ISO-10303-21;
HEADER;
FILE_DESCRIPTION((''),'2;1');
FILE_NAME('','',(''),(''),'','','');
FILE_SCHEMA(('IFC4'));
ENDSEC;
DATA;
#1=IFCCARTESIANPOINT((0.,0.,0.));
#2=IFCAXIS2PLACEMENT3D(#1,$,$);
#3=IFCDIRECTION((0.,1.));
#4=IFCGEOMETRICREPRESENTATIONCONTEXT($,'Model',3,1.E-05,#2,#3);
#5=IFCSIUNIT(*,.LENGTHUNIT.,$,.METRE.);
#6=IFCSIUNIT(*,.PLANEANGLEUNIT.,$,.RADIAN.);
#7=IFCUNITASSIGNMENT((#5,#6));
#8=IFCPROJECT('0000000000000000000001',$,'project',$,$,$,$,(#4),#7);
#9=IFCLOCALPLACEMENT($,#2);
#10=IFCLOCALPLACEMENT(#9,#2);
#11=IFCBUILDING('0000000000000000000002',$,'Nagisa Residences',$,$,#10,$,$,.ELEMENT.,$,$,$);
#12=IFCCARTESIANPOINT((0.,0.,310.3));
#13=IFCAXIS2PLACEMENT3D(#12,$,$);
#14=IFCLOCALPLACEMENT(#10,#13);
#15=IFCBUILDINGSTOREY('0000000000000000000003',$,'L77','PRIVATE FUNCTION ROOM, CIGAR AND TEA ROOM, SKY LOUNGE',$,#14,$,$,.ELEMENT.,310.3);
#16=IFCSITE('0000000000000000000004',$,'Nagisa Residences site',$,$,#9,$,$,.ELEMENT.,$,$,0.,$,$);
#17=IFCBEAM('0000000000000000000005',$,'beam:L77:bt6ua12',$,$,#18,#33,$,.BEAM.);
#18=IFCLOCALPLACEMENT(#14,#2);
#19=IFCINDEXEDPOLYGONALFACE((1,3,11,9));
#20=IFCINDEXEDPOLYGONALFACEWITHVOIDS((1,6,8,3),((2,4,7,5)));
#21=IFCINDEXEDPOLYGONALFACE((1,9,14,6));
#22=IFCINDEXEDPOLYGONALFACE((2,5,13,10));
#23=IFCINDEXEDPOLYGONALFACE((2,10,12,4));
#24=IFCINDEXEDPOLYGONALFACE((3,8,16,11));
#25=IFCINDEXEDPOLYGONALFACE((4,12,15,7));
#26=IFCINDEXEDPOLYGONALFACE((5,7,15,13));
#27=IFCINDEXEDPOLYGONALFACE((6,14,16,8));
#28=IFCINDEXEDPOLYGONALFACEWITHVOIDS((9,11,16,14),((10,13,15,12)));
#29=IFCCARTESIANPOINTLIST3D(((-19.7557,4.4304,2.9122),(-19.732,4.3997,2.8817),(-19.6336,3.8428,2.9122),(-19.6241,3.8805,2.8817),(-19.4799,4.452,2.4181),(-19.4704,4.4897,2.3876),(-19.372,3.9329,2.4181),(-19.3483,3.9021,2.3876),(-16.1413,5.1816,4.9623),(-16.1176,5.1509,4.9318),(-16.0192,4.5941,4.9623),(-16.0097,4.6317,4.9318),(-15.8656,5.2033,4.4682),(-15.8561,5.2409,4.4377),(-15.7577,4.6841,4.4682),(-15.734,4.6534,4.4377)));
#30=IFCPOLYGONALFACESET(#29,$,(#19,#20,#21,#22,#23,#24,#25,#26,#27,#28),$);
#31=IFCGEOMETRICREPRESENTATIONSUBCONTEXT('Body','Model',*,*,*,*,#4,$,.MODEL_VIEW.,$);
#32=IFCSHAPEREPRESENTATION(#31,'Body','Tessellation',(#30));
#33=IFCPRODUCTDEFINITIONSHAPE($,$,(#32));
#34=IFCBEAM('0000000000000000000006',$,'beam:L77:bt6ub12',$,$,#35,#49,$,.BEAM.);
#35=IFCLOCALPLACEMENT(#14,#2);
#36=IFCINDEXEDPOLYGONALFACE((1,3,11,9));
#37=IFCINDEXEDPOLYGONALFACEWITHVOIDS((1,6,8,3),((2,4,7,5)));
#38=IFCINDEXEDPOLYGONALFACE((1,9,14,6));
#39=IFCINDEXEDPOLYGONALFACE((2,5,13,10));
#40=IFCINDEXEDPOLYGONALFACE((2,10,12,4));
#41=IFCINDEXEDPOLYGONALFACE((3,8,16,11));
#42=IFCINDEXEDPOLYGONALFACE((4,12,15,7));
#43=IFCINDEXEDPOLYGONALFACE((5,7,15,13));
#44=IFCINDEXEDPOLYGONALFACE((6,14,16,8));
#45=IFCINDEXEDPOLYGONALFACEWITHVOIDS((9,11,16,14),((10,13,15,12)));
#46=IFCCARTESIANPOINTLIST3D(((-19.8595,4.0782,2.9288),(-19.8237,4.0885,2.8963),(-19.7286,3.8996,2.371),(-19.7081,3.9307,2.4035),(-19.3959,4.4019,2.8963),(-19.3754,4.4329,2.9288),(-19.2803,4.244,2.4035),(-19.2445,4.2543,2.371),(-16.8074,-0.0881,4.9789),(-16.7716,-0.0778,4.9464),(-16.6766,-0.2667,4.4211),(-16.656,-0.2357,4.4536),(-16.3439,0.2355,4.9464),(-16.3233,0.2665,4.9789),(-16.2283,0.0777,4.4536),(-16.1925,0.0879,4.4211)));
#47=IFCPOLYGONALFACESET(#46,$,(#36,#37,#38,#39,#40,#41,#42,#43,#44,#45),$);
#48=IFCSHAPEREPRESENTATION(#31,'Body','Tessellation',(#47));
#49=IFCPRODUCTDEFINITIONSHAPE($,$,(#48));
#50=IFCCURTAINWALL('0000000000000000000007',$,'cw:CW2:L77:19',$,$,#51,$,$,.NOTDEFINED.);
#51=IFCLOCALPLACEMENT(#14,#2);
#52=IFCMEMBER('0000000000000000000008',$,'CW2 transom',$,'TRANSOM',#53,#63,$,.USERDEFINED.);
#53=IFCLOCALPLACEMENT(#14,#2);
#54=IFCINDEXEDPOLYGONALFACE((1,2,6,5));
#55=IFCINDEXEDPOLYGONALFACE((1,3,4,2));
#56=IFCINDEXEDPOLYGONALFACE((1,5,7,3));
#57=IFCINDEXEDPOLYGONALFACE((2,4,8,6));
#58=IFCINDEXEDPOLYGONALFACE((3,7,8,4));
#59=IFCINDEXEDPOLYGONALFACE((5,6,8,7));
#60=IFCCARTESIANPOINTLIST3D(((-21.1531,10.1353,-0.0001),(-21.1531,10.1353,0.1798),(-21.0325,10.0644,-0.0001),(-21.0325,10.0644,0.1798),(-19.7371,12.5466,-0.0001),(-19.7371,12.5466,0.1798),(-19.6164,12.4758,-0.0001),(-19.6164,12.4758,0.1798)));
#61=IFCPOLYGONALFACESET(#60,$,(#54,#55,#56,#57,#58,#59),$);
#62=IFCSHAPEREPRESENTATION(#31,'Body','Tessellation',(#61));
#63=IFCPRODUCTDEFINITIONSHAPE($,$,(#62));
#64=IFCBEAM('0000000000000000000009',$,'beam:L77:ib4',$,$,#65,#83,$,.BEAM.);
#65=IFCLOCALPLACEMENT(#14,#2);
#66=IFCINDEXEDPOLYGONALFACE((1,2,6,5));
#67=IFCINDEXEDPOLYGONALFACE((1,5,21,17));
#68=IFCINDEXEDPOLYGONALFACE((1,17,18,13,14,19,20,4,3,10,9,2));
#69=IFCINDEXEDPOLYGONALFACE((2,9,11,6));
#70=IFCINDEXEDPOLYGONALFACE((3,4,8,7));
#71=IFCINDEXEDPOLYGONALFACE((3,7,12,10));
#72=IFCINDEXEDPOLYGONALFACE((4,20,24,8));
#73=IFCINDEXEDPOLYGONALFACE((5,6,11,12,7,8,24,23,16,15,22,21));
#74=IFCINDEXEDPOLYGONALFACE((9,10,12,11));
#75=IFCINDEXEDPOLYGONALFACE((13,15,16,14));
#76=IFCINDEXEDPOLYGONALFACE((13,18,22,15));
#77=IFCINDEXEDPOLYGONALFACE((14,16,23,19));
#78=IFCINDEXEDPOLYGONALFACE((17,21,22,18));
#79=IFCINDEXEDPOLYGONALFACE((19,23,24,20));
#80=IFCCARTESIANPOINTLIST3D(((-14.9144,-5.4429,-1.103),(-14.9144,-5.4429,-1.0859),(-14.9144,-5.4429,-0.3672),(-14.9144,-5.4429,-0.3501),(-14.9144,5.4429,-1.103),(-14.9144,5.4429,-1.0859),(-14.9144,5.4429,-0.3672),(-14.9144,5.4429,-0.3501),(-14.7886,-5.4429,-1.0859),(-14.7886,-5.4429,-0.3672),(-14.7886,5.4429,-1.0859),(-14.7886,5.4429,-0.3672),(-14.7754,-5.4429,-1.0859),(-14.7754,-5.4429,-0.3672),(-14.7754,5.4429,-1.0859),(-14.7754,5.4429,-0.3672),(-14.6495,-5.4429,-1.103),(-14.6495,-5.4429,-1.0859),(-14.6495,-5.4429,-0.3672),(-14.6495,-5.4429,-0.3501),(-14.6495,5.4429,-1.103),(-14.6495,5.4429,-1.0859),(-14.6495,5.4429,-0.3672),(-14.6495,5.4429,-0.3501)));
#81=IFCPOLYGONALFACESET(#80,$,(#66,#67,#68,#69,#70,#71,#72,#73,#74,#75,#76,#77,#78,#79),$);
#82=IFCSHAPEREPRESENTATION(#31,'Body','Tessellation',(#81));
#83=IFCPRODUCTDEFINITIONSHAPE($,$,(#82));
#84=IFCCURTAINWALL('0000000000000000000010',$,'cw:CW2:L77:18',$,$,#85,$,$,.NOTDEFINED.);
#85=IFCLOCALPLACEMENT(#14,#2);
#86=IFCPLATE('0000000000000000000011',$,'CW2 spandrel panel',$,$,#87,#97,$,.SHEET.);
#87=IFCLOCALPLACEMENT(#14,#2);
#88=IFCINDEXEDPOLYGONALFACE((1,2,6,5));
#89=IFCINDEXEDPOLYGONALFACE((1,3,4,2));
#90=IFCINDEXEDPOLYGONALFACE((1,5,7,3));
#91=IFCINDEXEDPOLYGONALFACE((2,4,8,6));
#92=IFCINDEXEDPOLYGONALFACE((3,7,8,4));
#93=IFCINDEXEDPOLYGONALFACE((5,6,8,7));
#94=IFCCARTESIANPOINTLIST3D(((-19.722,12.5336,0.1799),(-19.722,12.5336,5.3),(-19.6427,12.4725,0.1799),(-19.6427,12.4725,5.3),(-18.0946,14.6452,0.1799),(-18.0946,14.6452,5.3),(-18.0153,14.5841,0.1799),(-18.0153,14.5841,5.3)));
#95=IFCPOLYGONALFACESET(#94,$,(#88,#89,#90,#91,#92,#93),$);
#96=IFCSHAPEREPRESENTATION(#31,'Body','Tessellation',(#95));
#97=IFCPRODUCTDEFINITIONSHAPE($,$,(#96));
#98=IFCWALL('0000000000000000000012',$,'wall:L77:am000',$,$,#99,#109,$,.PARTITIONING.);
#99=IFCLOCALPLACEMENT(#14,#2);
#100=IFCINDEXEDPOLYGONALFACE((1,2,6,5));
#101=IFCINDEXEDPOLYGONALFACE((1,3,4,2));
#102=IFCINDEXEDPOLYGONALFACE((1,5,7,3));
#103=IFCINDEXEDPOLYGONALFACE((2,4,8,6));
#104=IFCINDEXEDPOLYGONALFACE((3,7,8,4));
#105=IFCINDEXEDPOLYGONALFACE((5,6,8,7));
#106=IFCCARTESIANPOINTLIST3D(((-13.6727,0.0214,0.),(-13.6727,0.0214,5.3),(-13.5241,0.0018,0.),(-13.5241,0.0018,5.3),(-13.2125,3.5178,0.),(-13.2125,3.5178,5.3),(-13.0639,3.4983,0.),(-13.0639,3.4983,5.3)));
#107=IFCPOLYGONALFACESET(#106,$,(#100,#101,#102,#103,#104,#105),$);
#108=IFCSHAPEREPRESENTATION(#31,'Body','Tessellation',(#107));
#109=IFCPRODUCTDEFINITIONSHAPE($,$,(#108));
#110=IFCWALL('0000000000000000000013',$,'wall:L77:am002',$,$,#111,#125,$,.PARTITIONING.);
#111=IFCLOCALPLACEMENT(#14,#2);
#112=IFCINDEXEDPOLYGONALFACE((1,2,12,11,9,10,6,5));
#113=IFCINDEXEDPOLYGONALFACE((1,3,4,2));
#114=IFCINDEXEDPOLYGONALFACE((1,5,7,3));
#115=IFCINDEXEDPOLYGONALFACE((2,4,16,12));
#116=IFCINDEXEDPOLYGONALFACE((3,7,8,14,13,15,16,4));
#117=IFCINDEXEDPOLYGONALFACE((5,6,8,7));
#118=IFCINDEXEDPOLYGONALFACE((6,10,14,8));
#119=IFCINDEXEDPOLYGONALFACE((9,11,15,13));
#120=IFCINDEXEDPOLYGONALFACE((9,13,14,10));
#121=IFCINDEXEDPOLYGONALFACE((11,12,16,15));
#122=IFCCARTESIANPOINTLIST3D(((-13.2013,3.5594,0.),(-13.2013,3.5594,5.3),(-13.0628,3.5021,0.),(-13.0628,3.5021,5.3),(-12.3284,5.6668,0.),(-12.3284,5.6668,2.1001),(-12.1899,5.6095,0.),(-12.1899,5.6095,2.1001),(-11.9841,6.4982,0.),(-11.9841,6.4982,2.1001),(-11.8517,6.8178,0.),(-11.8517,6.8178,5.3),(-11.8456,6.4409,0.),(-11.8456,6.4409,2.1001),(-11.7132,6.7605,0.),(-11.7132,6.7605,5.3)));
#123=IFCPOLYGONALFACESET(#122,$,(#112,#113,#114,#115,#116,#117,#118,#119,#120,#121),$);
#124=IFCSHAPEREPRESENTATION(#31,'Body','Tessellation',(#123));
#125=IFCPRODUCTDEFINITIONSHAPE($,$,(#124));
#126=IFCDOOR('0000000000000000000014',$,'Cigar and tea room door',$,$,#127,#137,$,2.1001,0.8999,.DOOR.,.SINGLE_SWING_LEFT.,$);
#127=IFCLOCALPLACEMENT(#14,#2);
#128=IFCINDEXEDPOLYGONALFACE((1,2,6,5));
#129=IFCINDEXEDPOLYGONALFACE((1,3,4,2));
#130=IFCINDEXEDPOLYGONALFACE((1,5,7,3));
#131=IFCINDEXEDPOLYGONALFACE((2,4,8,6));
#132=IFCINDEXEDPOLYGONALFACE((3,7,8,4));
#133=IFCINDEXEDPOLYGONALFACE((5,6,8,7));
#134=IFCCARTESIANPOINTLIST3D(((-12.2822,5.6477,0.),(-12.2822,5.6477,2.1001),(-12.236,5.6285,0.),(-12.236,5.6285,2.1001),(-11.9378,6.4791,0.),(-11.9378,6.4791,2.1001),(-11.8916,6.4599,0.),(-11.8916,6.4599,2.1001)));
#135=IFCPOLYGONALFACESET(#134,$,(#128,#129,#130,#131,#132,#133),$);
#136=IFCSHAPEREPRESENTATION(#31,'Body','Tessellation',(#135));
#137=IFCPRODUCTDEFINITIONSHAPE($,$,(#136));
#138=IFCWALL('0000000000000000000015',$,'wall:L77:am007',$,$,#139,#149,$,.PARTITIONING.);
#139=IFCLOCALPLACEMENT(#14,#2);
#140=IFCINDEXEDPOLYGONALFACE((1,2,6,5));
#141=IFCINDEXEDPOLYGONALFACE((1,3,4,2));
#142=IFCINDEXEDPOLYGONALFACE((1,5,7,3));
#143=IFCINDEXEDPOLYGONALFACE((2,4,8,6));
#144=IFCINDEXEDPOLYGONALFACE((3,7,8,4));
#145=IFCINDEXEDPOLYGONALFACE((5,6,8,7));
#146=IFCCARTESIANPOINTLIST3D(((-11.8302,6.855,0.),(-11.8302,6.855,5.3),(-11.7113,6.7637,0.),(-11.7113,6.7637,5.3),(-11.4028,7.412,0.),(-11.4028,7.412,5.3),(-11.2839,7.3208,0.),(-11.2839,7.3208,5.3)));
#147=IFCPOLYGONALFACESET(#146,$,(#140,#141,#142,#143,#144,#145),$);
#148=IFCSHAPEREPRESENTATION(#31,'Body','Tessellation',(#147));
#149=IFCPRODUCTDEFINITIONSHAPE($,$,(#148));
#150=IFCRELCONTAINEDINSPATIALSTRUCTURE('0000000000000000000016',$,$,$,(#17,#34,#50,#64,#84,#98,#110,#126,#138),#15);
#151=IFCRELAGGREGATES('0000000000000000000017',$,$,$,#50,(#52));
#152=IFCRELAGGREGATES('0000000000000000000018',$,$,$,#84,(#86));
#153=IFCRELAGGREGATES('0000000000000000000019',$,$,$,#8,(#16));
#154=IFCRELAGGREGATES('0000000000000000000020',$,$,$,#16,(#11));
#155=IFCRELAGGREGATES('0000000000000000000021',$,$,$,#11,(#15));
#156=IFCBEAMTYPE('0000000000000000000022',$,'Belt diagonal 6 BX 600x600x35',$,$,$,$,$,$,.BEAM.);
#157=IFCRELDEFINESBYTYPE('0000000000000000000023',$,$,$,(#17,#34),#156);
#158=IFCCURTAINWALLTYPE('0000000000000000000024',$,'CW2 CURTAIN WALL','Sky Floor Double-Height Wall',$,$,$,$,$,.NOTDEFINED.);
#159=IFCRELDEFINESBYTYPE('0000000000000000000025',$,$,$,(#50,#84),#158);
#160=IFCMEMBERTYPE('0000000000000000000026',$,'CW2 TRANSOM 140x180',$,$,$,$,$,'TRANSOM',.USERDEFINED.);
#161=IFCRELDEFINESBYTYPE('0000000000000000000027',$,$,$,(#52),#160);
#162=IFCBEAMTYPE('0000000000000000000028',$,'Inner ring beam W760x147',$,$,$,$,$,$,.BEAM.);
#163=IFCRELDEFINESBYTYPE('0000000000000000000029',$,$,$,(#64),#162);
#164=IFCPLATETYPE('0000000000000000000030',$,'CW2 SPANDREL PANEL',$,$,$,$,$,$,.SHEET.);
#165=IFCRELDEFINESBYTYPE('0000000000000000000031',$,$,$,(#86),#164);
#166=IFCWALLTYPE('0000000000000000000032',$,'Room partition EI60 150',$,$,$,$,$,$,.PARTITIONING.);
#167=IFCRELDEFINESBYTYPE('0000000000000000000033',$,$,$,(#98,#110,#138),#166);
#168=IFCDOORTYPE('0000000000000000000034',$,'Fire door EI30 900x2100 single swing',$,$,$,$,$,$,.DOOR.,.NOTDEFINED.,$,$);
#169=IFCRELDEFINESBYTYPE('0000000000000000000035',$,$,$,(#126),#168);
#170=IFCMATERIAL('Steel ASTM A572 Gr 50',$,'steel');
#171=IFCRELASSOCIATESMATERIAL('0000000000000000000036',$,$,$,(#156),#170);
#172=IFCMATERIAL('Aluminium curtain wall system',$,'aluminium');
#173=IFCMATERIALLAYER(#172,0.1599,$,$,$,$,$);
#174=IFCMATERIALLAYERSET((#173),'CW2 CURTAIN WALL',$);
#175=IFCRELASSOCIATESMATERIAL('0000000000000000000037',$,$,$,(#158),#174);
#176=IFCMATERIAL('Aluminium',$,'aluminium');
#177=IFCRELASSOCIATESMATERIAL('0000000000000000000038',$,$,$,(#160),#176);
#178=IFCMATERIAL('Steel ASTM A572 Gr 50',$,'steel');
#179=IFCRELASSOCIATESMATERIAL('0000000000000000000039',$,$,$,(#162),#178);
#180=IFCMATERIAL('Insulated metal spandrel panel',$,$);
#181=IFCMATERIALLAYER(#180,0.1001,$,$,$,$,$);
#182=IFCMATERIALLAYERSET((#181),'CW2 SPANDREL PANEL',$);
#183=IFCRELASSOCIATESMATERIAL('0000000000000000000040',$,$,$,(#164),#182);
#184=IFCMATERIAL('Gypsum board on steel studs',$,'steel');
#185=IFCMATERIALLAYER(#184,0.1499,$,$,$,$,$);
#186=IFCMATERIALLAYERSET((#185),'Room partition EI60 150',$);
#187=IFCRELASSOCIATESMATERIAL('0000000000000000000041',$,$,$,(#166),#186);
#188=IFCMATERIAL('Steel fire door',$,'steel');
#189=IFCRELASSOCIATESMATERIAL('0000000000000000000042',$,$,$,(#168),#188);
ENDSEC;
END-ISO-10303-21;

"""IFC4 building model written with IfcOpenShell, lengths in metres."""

from ifc_helpers import new_model, si_unit, direction, frame, frame_2d, origin, origin_2d, place, context, subcontext, project, spatial, rectangle, hollow_rectangle, i_section, extrude, material, layer, layer_set, material_profile, profile_set, type_object, element, fill, aggregate, save


model = new_model("IFC4")

# Units and contexts
model_context = context("Model", 3, precision=1e-05, world=origin(), true_north=direction((0.0, 1.0)))
body_context = subcontext(model_context, "Body", "Model", "MODEL_VIEW")
ifc_project = project(units=[si_unit("LENGTHUNIT", "METRE"), si_unit("PLANEANGLEUNIT", "RADIAN")], contexts=[model_context])

# Site, building, storey
site_placement = place(None, origin())
site = spatial("IfcSite", under=ifc_project, at=site_placement, Name="Nagisa Residences site", CompositionType="ELEMENT", RefElevation=0.0)
building_placement = place(site_placement, origin())
building = spatial("IfcBuilding", under=site, at=building_placement, Name="Nagisa Residences", CompositionType="ELEMENT")
storey_placement = place(building_placement, frame((0.0, 0.0, 310.3)))
storey = spatial("IfcBuildingStorey", under=building, at=storey_placement, Name="L77", Description="PRIVATE FUNCTION ROOM, CIGAR AND TEA ROOM, SKY LOUNGE", CompositionType="ELEMENT", Elevation=310.3)

# Beams
ifc_material_1 = material(Name="Steel ASTM A572 Gr 50", Category="steel")
ifc_material_profile_1 = material_profile(ifc_material_1, hollow_rectangle(XDim=0.6001, YDim=0.6001, WallThickness=0.0349, at=origin_2d()), Name="BX 600x600x35")
ifc_profile_set_1 = profile_set([ifc_material_profile_1], Name="Steel ASTM A572 Gr 50")
beam_type_1 = type_object("IfcBeamType", Name="Belt diagonal 6 BX 600x600x35", PredefinedType="BEAM", material=ifc_profile_set_1)
beam_1_placement = place(storey_placement, frame((-19.552, 4.1663, 2.6499), z_axis=(0.855943, 0.177907, 0.485501), x_axis=(-0.2035, 0.979075, 0.0)))
element("IfcBeam", 1, at=beam_1_placement, inside=storey, type_object=beam_type_1, Name="beam:L77:bt6ua12", PredefinedType="BEAM", context=body_context, shape_type="SweptSolid", body=[
    extrude(hollow_rectangle(XDim=0.6001, YDim=0.6001, WallThickness=0.0349, at=origin_2d()), origin(), (0.0, 0.0, 1.0), 4.2227),
])
beam_2_placement = place(storey_placement, frame((-19.552, 4.1663, 2.6499), z_axis=(0.549263, -0.749794, 0.368943), x_axis=(0.806705, 0.590954, 0.0)))
element("IfcBeam", 2, at=beam_2_placement, inside=storey, type_object=beam_type_1, Name="beam:L77:bt6ub12", PredefinedType="BEAM", context=body_context, shape_type="SweptSolid", body=[
    extrude(hollow_rectangle(XDim=0.6001, YDim=0.6001, WallThickness=0.0349, at=origin_2d()), origin(), (0.0, 0.0, 1.0), 5.5566),
])

# Curtain wall, member
ifc_material_2 = material(Name="Aluminium curtain wall system", Category="aluminium")
ifc_layer_1 = layer(ifc_material_2, 0.1599)
ifc_layer_set_1 = layer_set([ifc_layer_1], Name="CW2 CURTAIN WALL")
curtain_wall_type = type_object("IfcCurtainWallType", Name="CW2 CURTAIN WALL", Description="Sky Floor Double-Height Wall", PredefinedType="NOTDEFINED", material=ifc_layer_set_1)
curtain_wall_1_placement = place(storey_placement, origin())
curtain_wall_1 = element("IfcCurtainWall", 3, at=curtain_wall_1_placement, inside=storey, type_object=curtain_wall_type, Name="cw:CW2:L77:19", PredefinedType="NOTDEFINED")
ifc_material_3 = material(Name="Aluminium", Category="aluminium")
ifc_material_profile_2 = material_profile(ifc_material_3, rectangle(XDim=0.1399, YDim=0.1799, at=origin_2d()), Name="CW2 TRANSOM 140x180")
ifc_profile_set_2 = profile_set([ifc_material_profile_2], Name="Aluminium")
member_type = type_object("IfcMemberType", Name="CW2 TRANSOM 140x180", ElementType="TRANSOM", PredefinedType="USERDEFINED", material=ifc_profile_set_2)
member_placement = place(storey_placement, frame((-19.6768, 12.5112, 0.0898), z_axis=(-0.506371, -0.862316, 0.0), x_axis=(0.862316, -0.506371, 0.0)))
member = element("IfcMember", 4, at=member_placement, type_object=member_type, Name="CW2 transom", ObjectType="TRANSOM", PredefinedType="USERDEFINED", context=body_context, shape_type="SweptSolid", body=[
    extrude(rectangle(XDim=0.1399, YDim=0.1799, at=origin_2d()), origin(), (0.0, 0.0, 1.0), 2.7964),
])
aggregate(curtain_wall_1, [member])

# Beam
ifc_material_4 = material(Name="Steel ASTM A572 Gr 50", Category="steel")
ifc_material_profile_3 = material_profile(ifc_material_4, i_section(OverallWidth=0.2649, OverallDepth=0.7529, WebThickness=0.0132, FlangeThickness=0.0171, at=origin_2d()), Name="W760x147")
ifc_profile_set_3 = profile_set([ifc_material_profile_3], Name="Steel ASTM A572 Gr 50")
beam_type_2 = type_object("IfcBeamType", Name="Inner ring beam W760x147", PredefinedType="BEAM", material=ifc_profile_set_3)
beam_3_placement = place(storey_placement, frame((-14.782, 5.4429, -0.7266), z_axis=(0.0, -1.0, 0.0), x_axis=(1.0, 0.0, 0.0)))
element("IfcBeam", 5, at=beam_3_placement, inside=storey, type_object=beam_type_2, Name="beam:L77:ib4", PredefinedType="BEAM", context=body_context, shape_type="SweptSolid", body=[
    extrude(i_section(OverallWidth=0.2649, OverallDepth=0.7529, WebThickness=0.0132, FlangeThickness=0.0171, at=origin_2d()), origin(), (0.0, 0.0, 1.0), 10.8857),
])

# Curtain wall, plate
curtain_wall_2_placement = place(storey_placement, origin())
curtain_wall_2 = element("IfcCurtainWall", 6, at=curtain_wall_2_placement, inside=storey, type_object=curtain_wall_type, Name="cw:CW2:L77:18", PredefinedType="NOTDEFINED")
ifc_material_5 = material(Name="Insulated metal spandrel panel")
ifc_layer_2 = layer(ifc_material_5, 0.1001)
ifc_layer_set_2 = layer_set([ifc_layer_2], Name="CW2 SPANDREL PANEL")
plate_type = type_object("IfcPlateType", Name="CW2 SPANDREL PANEL", PredefinedType="SHEET", material=ifc_layer_set_2)
plate_placement = place(storey_placement, frame((-18.8687, 13.5588, 0.1799), z_axis=(0.0, 0.0, 1.0), x_axis=(-0.61043, -0.79207, 0.0)))
plate = element("IfcPlate", 7, at=plate_placement, type_object=plate_type, Name="CW2 spandrel panel", PredefinedType="SHEET", context=body_context, shape_type="SweptSolid", body=[
    extrude(rectangle(XDim=2.666, YDim=0.1001, at=origin_2d()), origin(), (0.0, 0.0, 1.0), 5.1201),
])
aggregate(curtain_wall_2, [plate])

# Wall
ifc_material_6 = material(Name="Gypsum board on steel studs", Category="steel")
ifc_layer_3 = layer(ifc_material_6, 0.1499)
ifc_layer_set_3 = layer_set([ifc_layer_3], Name="Room partition EI60 150")
wall_type = type_object("IfcWallType", Name="Room partition EI60 150", PredefinedType="PARTITIONING", material=ifc_layer_set_3)
wall_1_placement = place(storey_placement, frame((-13.5984, 0.0117, 0.0), z_axis=(0.0, 0.0, 1.0), x_axis=(0.130499, 0.991448, 0.0)))
element("IfcWall", 8, at=wall_1_placement, inside=storey, type_object=wall_type, Name="wall:L77:am000", PredefinedType="PARTITIONING", context=body_context, shape_type="SweptSolid", body=[
    extrude(rectangle(XDim=3.5266, YDim=0.1499, at=frame_2d((1.7632, 0.0))), origin(), (0.0, 0.0, 1.0), 5.3),
])

# Wall, opening, door
wall_2_placement = place(storey_placement, frame((-13.1321, 3.5308, 0.0), z_axis=(0.0, 0.0, 1.0), x_axis=(0.382678, 0.923882, 0.0)))
wall_2 = element("IfcWall", 9, at=wall_2_placement, inside=storey, type_object=wall_type, Name="wall:L77:am002", PredefinedType="PARTITIONING", context=body_context, shape_type="SweptSolid", body=[
    extrude(rectangle(XDim=3.5269, YDim=0.1499, at=frame_2d((1.7634, 0.0))), origin(), (0.0, 0.0, 1.0), 5.3),
])
opening_placement = place(wall_2_placement, frame((2.281, 0.0, 0.0)))
opening = element("IfcOpeningElement", 10, at=opening_placement, cuts=wall_2, PredefinedType="OPENING", context=body_context, shape_type="SweptSolid", body=[
    extrude(rectangle(XDim=0.8999, YDim=2.1001, at=frame_2d((0.45, 1.05))), frame((0.0, 0.085, 0.0), z_axis=(0.0, -1.0, 0.0), x_axis=(1.0, 0.0, 0.0)), (0.0, 0.0, 1.0), 0.1699),
])
ifc_material_7 = material(Name="Steel fire door", Category="steel")
door_type = type_object("IfcDoorType", Name="Fire door EI30 900x2100 single swing", OperationType="NOTDEFINED", PredefinedType="DOOR", material=ifc_material_7)
door_placement = place(opening_placement, origin())
door = element("IfcDoor", 11, at=door_placement, inside=storey, type_object=door_type, Name="Cigar and tea room door", OperationType="SINGLE_SWING_LEFT", OverallHeight=2.1001, OverallWidth=0.8999, PredefinedType="DOOR", context=body_context, shape_type="SweptSolid", body=[
    extrude(rectangle(XDim=0.8999, YDim=2.1001, at=frame_2d((0.45, 1.05))), frame((0.0, 0.0249, 0.0), z_axis=(0.0, -1.0, 0.0), x_axis=(1.0, 0.0, 0.0)), (0.0, 0.0, 1.0), 0.05),
])
fill(opening, door)

# Wall
wall_3_placement = place(storey_placement, frame((-11.7708, 6.8093, 0.0), z_axis=(0.0, 0.0, 1.0), x_axis=(0.608753, 0.79336, 0.0)))
element("IfcWall", 12, at=wall_3_placement, inside=storey, type_object=wall_type, Name="wall:L77:am007", PredefinedType="PARTITIONING", context=body_context, shape_type="SweptSolid", body=[
    extrude(rectangle(XDim=0.7021, YDim=0.1499, at=frame_2d((0.3511, 0.0))), origin(), (0.0, 0.0, 1.0), 5.3),
])

save(model, "model.ifc")
